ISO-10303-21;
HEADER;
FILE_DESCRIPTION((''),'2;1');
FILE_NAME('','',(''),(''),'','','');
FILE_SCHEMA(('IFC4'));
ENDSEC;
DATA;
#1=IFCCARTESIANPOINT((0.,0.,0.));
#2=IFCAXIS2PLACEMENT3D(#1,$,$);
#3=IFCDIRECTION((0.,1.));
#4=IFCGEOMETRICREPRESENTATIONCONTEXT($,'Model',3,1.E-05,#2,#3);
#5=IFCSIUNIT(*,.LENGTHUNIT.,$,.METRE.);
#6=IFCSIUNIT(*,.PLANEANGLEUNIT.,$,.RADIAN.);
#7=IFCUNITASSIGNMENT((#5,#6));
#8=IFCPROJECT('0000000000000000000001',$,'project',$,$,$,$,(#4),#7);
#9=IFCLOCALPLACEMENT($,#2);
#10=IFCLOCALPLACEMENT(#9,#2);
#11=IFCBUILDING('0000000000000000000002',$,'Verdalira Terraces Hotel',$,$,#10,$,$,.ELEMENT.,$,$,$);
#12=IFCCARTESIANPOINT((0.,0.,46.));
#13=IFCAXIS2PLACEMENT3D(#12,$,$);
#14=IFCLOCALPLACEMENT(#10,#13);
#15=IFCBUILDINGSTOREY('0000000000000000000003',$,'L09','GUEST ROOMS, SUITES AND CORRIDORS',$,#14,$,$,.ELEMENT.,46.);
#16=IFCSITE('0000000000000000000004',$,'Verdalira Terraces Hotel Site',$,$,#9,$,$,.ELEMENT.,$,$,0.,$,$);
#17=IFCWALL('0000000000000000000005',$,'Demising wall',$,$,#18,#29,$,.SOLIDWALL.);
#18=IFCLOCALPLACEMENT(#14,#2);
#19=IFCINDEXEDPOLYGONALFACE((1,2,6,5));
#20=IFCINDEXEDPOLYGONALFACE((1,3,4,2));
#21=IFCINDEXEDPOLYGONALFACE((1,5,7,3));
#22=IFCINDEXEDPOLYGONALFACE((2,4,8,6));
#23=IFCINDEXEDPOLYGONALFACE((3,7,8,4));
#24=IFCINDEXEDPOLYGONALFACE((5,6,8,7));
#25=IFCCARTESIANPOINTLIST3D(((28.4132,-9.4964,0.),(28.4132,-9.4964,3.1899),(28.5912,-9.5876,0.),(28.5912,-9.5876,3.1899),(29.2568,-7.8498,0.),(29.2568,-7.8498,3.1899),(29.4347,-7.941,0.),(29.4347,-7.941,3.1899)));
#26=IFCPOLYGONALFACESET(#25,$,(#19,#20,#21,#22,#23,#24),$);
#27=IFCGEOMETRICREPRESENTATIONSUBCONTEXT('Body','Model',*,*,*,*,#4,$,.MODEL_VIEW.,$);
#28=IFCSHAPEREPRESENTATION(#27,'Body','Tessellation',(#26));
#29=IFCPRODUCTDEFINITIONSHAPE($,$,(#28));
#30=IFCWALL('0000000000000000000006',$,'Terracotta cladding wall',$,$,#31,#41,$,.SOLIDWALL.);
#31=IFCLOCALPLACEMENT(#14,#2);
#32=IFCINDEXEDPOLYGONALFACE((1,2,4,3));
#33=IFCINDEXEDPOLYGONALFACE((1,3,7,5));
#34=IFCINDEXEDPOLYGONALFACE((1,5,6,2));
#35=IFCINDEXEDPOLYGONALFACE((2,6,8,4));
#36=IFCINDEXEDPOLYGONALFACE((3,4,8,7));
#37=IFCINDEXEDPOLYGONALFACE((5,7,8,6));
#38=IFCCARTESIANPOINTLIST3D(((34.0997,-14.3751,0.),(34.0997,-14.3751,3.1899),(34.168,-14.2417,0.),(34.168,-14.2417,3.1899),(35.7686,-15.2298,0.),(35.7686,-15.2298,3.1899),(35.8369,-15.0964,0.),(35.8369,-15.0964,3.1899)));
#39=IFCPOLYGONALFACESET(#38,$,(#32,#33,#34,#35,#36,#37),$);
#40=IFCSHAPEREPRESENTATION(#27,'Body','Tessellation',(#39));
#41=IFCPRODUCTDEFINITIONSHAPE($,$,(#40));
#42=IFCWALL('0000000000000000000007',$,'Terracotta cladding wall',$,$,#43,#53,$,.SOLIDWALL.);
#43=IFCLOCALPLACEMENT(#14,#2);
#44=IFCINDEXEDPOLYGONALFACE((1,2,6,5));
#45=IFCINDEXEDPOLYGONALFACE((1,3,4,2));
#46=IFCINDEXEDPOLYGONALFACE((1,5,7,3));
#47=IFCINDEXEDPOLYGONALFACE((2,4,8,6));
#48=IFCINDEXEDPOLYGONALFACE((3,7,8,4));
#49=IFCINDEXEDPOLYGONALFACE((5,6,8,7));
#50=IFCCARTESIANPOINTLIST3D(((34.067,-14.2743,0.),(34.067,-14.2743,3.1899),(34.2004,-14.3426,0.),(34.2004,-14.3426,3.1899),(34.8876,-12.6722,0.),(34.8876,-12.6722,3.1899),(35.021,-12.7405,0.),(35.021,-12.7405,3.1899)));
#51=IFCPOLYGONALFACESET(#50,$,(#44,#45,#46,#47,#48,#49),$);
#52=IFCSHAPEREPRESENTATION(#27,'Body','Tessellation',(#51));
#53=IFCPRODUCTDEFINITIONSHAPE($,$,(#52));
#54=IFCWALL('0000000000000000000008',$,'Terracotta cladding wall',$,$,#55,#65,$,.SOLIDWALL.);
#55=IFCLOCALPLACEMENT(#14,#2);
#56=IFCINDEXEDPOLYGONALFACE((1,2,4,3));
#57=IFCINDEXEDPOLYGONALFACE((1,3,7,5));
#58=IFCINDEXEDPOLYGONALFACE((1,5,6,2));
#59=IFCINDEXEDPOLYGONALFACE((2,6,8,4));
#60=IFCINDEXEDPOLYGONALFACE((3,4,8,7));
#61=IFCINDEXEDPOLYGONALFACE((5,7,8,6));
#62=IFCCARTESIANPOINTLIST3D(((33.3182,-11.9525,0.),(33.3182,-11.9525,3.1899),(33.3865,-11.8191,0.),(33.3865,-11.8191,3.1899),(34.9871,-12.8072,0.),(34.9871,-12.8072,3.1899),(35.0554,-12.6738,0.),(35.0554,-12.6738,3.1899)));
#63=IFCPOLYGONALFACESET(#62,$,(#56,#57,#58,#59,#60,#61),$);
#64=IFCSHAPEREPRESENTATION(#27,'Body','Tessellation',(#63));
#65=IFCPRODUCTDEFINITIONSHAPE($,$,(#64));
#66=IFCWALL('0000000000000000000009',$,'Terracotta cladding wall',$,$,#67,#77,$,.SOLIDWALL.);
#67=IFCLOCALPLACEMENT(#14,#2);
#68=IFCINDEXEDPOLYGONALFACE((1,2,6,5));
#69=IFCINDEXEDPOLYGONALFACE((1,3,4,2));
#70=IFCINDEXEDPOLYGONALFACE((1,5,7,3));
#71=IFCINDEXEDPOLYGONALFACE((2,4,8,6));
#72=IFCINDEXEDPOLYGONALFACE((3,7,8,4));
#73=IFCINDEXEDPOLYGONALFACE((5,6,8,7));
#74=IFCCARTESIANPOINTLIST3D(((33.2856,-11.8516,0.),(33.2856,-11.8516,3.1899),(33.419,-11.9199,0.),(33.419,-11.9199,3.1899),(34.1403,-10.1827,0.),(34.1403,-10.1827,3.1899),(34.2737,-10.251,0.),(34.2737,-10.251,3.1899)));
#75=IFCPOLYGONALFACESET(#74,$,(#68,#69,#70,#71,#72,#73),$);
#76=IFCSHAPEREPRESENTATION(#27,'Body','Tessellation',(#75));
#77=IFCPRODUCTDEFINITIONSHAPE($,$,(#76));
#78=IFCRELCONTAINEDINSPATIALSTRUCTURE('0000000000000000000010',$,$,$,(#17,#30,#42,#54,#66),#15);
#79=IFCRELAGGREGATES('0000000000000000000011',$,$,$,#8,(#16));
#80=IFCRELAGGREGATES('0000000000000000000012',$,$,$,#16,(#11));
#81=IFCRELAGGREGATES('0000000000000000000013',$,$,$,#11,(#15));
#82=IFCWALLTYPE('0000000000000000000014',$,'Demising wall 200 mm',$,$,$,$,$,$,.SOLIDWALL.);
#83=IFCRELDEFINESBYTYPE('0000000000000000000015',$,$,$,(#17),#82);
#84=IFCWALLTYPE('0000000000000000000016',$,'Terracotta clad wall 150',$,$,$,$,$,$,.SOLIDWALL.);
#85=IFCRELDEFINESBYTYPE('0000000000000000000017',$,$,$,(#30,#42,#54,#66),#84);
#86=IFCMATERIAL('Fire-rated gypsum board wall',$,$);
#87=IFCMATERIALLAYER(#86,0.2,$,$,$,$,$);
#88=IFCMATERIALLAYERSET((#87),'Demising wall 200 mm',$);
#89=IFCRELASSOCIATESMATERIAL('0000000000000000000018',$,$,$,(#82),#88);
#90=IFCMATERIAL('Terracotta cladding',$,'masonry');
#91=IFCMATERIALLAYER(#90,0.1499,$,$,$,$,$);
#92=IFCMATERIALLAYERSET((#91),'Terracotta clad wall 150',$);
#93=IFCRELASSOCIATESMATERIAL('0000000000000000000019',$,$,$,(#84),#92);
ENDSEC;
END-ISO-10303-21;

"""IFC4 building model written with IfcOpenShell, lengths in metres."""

from ifc_helpers import new_model, si_unit, direction, frame, frame_2d, origin, place, context, subcontext, project, spatial, rectangle, extrude, material, layer, layer_set, type_object, element, save


model = new_model("IFC4")

# Units and contexts
model_context = context("Model", 3, precision=1e-05, world=origin(), true_north=direction((0.0, 1.0)))
body_context = subcontext(model_context, "Body", "Model", "MODEL_VIEW")
ifc_project = project(units=[si_unit("LENGTHUNIT", "METRE"), si_unit("PLANEANGLEUNIT", "RADIAN")], contexts=[model_context])

# Site, building, storey
site_placement = place(None, origin())
site = spatial("IfcSite", under=ifc_project, at=site_placement, Name="Verdalira Terraces Hotel Site", CompositionType="ELEMENT", RefElevation=0.0)
building_placement = place(site_placement, origin())
building = spatial("IfcBuilding", under=site, at=building_placement, Name="Verdalira Terraces Hotel", CompositionType="ELEMENT")
storey_placement = place(building_placement, frame((0.0, 0.0, 46.0)))
storey = spatial("IfcBuildingStorey", under=building, at=storey_placement, Name="L09", Description="GUEST ROOMS, SUITES AND CORRIDORS", CompositionType="ELEMENT", Elevation=46.0)

# Walls
ifc_material_1 = material(Name="Fire-rated gypsum board wall")
ifc_layer_1 = layer(ifc_material_1, 0.2)
ifc_layer_set_1 = layer_set([ifc_layer_1], Name="Demising wall 200 mm")
wall_type_1 = type_object("IfcWallType", Name="Demising wall 200 mm", PredefinedType="SOLIDWALL", material=ifc_layer_set_1)
wall_1_placement = place(storey_placement, frame((28.5022, -9.542, 0.0), z_axis=(0.0, 0.0, 1.0), x_axis=(0.455955, 0.890003, 0.0)))
element("IfcWall", 1, at=wall_1_placement, inside=storey, type_object=wall_type_1, Name="Demising wall", PredefinedType="SOLIDWALL", context=body_context, shape_type="SweptSolid", body=[
    extrude(rectangle(XDim=1.8501, YDim=0.2, at=frame_2d((0.925, 0.0))), origin(), (0.0, 0.0, 1.0), 3.1899),
])
ifc_material_2 = material(Name="Terracotta cladding", Category="masonry")
ifc_layer_2 = layer(ifc_material_2, 0.1499)
ifc_layer_set_2 = layer_set([ifc_layer_2], Name="Terracotta clad wall 150")
wall_type_2 = type_object("IfcWallType", Name="Terracotta clad wall 150", PredefinedType="SOLIDWALL", material=ifc_layer_set_2)
wall_2_placement = place(storey_placement, frame((35.8027, -15.1631, 0.0), z_axis=(0.0, 0.0, 1.0), x_axis=(-0.890063, 0.455838, 0.0)))
element("IfcWall", 2, at=wall_2_placement, inside=storey, type_object=wall_type_2, Name="Terracotta cladding wall", PredefinedType="SOLIDWALL", context=body_context, shape_type="SweptSolid", body=[
    extrude(rectangle(XDim=1.875, YDim=0.1499, at=frame_2d((0.9375, 0.0))), origin(), (0.0, 0.0, 1.0), 3.1899),
])
wall_3_placement = place(storey_placement, frame((34.1338, -14.3084, 0.0), z_axis=(0.0, 0.0, 1.0), x_axis=(0.455873, 0.890045, 0.0)))
element("IfcWall", 3, at=wall_3_placement, inside=storey, type_object=wall_type_2, Name="Terracotta cladding wall", PredefinedType="SOLIDWALL", context=body_context, shape_type="SweptSolid", body=[
    extrude(rectangle(XDim=1.8, YDim=0.1499, at=frame_2d((0.8999, 0.0))), origin(), (0.0, 0.0, 1.0), 3.1899),
])
for number, where, z_axis, x_axis, name in (
    (4, (35.0212, -12.7405, 0.0), (0.0, 0.0, 1.0), (-0.890063, 0.455838, 0.0), "Terracotta cladding wall"),
    (5, (33.3523, -11.8857, 0.0), (0.0, 0.0, 1.0), (0.455838, 0.890063, 0.0), "Terracotta cladding wall"),
):
    element("IfcWall", number, at=place(storey_placement, frame(where, z_axis=z_axis, x_axis=x_axis)), inside=storey, type_object=wall_type_2, Name=name, PredefinedType="SOLIDWALL", context=body_context, shape_type="SweptSolid", body=[
        extrude(rectangle(XDim=1.875, YDim=0.1499, at=frame_2d((0.9375, 0.0))), origin(), (0.0, 0.0, 1.0), 3.1899),
    ])

save(model, "model.ifc")
